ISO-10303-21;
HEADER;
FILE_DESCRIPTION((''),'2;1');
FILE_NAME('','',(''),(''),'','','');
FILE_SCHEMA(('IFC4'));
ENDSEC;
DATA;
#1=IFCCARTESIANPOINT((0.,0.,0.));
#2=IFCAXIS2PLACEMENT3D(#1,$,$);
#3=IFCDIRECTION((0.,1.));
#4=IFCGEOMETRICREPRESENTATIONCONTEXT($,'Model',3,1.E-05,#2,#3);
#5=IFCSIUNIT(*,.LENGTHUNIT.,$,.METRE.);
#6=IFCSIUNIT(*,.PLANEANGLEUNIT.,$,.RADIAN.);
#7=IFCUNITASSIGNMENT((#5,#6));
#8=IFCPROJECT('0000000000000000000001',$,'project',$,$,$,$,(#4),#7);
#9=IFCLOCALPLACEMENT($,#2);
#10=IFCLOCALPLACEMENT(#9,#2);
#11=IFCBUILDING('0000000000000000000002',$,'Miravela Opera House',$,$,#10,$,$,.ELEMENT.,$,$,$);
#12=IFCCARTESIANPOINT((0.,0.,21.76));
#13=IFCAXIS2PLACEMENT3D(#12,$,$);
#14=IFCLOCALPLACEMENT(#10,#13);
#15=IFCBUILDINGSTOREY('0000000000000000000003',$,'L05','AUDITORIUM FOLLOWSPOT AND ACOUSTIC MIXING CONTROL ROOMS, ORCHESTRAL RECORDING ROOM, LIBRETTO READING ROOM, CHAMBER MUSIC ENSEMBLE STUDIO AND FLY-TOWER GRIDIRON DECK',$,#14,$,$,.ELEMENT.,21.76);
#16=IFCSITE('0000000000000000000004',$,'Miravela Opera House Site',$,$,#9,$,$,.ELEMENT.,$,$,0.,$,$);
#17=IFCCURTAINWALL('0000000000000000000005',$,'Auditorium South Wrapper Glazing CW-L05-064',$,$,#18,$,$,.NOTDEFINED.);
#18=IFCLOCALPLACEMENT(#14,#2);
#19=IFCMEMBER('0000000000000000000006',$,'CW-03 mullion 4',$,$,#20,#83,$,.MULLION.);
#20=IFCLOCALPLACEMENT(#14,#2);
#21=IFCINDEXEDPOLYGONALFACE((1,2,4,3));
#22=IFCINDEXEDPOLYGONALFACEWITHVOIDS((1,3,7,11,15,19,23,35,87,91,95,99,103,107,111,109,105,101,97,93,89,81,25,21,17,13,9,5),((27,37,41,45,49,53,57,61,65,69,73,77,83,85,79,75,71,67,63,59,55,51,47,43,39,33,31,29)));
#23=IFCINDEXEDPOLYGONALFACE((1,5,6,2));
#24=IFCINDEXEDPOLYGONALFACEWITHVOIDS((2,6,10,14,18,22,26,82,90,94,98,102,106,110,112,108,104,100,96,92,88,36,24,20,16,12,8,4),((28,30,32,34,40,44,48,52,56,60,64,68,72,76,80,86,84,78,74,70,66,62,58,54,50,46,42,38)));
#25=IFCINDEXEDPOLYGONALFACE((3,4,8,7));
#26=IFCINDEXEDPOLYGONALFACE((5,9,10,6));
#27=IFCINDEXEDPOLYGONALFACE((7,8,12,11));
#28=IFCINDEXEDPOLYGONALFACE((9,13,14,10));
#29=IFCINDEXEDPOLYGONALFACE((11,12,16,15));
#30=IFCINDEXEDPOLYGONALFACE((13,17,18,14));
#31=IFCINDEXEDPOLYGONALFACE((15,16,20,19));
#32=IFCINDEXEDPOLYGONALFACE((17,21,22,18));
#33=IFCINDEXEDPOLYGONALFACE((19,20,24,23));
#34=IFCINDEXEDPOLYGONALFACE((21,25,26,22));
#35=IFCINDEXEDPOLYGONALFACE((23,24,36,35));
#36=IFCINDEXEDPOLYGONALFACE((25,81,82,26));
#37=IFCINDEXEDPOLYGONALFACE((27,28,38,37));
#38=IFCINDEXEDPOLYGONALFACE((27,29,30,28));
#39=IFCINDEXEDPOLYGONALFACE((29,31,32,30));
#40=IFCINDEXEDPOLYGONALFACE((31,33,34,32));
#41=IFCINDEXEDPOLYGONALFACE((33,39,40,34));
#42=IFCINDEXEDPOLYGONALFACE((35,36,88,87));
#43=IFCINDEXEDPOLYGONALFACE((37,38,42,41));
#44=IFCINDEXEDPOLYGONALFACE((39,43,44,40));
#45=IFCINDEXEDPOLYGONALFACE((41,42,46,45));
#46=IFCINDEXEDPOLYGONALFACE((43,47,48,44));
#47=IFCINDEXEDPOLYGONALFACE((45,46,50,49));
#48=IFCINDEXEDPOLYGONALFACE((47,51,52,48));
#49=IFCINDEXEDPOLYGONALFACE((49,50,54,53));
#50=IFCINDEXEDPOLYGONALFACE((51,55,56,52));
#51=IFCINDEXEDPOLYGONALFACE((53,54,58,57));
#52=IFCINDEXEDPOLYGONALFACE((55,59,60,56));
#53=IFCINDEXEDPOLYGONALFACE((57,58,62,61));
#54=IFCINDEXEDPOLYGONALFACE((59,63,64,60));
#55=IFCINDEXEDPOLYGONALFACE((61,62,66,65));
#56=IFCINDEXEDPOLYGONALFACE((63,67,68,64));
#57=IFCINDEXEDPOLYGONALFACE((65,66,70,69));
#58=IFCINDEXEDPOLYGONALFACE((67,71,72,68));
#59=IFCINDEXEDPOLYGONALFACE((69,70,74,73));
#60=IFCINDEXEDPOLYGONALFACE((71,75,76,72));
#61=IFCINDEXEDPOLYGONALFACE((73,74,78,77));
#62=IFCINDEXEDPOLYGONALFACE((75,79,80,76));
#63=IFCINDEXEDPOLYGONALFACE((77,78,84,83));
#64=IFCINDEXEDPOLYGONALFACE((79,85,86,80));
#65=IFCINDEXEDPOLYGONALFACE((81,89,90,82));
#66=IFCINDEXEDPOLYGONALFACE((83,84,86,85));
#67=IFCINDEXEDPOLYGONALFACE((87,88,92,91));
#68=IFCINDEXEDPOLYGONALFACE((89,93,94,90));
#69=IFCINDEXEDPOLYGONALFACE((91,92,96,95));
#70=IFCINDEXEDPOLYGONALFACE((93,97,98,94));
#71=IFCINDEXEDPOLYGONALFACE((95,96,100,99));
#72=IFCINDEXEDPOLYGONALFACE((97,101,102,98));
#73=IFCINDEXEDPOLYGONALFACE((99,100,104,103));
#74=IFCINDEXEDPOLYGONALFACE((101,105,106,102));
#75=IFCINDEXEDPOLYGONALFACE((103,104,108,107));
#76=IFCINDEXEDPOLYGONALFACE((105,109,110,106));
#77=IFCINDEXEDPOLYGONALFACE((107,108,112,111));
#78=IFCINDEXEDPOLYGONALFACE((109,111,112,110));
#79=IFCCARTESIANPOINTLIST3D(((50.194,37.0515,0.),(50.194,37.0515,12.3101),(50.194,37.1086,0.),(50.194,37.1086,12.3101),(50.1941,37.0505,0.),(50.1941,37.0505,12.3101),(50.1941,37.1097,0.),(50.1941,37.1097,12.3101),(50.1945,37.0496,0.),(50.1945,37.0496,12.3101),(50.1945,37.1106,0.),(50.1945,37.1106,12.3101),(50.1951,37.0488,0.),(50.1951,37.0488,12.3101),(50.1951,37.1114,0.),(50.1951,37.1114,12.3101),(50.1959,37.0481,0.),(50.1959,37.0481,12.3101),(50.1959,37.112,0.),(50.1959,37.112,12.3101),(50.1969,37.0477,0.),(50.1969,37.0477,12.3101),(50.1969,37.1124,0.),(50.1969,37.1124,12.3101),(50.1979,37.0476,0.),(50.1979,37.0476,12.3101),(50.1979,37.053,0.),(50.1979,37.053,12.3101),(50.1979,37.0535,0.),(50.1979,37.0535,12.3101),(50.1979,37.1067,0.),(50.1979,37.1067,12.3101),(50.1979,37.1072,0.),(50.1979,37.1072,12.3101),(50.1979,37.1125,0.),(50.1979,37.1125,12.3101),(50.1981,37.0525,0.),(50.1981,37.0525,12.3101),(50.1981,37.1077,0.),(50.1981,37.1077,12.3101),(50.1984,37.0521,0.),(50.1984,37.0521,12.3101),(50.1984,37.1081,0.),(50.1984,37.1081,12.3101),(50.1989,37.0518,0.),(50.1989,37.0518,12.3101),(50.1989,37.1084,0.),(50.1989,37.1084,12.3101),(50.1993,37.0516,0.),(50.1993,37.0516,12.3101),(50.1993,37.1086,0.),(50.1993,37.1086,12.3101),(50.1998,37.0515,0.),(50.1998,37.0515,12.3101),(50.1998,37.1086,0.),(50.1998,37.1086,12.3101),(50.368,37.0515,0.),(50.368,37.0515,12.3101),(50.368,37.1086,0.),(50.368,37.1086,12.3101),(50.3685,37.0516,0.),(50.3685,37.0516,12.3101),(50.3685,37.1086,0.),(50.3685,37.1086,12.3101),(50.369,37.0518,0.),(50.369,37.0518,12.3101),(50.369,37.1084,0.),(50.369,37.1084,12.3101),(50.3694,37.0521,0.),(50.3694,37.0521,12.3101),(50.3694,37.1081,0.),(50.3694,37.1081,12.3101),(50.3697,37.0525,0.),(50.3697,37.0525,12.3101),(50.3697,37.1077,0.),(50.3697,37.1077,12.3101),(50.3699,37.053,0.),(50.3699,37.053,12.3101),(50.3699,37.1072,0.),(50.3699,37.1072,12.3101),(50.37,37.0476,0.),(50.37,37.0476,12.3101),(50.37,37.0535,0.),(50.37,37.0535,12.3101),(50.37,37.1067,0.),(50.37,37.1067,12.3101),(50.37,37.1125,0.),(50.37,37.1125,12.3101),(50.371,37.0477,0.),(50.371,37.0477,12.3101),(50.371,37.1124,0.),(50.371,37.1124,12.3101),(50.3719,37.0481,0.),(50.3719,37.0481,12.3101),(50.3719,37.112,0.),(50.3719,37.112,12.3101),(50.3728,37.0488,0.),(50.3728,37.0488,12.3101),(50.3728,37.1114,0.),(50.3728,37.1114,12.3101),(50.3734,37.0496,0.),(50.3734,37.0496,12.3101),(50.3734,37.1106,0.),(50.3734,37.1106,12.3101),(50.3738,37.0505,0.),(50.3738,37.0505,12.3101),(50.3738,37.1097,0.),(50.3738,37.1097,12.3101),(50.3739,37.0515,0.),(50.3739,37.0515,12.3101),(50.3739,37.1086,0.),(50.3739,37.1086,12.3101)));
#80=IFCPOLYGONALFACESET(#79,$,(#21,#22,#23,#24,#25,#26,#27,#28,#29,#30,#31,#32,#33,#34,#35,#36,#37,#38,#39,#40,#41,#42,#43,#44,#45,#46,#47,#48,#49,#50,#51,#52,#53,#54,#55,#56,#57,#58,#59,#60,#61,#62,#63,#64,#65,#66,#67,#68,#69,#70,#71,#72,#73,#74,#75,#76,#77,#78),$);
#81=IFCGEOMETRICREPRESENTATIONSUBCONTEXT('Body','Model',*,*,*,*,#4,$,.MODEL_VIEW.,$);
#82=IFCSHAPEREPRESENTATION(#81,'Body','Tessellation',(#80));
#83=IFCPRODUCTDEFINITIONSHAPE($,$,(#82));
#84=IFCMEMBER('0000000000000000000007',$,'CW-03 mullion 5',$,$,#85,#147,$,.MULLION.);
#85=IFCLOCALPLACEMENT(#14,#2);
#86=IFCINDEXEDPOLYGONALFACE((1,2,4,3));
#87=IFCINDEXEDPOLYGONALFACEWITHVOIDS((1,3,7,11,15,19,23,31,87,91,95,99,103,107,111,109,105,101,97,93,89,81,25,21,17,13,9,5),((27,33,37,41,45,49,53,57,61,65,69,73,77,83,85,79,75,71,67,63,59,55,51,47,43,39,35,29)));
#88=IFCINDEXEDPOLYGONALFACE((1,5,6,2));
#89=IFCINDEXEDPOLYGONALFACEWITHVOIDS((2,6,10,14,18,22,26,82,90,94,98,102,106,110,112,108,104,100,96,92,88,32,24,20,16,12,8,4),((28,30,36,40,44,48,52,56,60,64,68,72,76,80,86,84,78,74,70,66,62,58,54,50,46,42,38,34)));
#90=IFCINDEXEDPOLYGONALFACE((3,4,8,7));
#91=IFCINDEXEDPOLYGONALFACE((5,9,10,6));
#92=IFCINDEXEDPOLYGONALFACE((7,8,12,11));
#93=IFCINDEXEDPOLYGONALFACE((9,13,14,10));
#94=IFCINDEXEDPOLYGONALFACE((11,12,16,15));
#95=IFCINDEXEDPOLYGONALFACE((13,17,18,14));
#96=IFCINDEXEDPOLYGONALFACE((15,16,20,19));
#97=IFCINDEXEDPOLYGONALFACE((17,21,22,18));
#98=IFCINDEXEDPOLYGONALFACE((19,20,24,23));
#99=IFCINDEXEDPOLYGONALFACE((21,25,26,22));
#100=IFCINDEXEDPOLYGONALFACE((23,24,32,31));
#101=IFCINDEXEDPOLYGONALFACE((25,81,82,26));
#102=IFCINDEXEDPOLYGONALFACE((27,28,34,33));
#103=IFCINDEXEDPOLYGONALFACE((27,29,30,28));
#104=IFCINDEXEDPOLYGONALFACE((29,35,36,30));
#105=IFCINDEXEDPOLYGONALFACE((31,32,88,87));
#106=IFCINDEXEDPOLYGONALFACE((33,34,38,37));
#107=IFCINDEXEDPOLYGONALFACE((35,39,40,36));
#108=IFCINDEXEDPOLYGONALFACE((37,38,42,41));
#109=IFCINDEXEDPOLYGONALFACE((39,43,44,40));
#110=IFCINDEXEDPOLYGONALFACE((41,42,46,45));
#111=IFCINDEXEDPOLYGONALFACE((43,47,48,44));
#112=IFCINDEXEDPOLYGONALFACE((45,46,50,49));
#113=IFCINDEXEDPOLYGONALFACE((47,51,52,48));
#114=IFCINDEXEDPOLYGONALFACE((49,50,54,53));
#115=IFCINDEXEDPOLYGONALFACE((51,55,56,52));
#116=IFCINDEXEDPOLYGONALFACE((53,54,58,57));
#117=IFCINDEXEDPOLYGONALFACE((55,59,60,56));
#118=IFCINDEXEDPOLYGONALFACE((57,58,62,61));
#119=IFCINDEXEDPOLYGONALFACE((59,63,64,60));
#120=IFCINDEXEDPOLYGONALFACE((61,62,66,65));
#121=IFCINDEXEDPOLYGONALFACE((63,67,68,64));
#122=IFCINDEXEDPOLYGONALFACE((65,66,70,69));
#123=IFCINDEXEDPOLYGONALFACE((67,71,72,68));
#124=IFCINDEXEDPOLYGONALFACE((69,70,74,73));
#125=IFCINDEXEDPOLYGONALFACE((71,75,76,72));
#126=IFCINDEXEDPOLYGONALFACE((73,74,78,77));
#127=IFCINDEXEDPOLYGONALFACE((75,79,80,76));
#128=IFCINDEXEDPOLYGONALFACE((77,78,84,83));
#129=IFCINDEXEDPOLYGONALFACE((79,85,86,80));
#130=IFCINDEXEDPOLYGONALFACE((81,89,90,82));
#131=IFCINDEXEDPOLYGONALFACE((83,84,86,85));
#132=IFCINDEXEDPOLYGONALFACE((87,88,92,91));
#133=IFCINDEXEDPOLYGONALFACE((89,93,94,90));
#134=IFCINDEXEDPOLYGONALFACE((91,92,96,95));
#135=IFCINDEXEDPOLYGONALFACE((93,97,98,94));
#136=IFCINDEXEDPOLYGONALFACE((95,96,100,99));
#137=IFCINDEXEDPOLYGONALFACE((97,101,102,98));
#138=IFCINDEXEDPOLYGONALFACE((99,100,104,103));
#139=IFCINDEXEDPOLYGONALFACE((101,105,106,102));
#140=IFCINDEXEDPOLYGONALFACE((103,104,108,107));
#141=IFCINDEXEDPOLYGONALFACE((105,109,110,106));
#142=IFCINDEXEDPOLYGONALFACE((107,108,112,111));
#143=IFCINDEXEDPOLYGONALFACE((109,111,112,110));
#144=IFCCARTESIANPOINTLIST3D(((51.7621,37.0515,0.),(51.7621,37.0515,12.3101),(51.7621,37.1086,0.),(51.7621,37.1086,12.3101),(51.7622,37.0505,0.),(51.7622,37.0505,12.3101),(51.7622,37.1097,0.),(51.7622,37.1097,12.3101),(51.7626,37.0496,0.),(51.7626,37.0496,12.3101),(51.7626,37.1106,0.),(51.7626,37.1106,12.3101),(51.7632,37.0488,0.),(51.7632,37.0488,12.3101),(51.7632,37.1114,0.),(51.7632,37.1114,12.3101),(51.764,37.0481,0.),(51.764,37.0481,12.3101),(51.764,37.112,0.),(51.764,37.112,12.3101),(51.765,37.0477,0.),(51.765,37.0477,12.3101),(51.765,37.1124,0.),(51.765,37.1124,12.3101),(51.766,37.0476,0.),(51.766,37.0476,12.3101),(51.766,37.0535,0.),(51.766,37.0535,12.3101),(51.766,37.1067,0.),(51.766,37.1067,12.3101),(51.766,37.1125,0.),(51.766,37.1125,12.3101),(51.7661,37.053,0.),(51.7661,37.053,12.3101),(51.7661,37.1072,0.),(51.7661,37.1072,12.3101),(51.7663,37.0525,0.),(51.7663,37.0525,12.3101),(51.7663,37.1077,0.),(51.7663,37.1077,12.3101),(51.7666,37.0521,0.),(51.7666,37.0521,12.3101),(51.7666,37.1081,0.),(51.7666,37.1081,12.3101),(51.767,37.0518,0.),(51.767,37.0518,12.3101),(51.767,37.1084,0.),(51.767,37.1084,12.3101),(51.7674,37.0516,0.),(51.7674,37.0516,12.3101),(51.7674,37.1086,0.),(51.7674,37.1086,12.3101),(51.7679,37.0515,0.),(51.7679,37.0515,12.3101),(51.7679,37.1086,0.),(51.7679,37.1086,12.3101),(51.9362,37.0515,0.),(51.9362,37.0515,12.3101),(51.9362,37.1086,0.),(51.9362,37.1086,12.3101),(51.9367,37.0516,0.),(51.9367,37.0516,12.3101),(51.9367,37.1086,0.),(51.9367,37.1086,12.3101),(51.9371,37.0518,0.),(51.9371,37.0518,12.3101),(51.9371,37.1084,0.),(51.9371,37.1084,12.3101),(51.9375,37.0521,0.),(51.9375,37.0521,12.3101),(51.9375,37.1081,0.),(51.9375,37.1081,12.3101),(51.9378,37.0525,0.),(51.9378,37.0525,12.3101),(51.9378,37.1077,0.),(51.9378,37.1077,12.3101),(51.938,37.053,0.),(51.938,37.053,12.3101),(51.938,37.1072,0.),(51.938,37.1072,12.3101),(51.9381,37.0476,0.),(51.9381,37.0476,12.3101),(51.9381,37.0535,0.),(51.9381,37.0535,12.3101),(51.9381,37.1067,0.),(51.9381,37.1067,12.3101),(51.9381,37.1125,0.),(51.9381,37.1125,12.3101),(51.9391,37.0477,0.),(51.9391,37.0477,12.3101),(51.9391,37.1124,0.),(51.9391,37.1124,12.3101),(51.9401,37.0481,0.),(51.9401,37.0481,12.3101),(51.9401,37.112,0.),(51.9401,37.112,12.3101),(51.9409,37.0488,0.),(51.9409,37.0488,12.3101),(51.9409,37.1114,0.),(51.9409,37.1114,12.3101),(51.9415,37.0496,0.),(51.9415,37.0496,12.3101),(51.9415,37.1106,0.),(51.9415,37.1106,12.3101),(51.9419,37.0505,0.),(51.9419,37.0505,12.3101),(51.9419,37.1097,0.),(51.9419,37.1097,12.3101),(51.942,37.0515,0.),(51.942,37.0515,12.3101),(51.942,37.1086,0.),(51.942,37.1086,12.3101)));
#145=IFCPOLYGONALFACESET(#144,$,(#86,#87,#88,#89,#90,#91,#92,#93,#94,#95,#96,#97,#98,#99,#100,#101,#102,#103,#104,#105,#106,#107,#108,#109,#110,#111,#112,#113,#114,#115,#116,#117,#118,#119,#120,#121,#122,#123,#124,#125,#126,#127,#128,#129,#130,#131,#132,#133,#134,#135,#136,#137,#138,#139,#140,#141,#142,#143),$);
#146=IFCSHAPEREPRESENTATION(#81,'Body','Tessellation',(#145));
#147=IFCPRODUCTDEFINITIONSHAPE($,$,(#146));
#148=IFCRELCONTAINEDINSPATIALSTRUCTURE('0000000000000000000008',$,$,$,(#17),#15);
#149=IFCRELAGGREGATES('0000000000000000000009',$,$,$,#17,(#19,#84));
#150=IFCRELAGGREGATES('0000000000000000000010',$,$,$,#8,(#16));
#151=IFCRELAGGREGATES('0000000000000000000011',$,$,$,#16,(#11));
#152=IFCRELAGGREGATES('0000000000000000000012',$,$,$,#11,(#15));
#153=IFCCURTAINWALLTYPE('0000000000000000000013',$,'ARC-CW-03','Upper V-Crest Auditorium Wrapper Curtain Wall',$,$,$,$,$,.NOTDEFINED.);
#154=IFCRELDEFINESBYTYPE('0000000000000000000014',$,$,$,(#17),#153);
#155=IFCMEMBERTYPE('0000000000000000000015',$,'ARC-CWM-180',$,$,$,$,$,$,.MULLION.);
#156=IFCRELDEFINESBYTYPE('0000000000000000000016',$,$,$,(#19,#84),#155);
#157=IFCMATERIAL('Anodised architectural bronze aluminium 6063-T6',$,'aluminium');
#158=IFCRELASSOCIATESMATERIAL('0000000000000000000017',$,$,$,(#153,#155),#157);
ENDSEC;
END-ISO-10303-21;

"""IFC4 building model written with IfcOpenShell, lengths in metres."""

from ifc_helpers import new_model, si_unit, direction, frame, origin, origin_2d, place, context, subcontext, project, spatial, hollow_rectangle, extrude, material, material_profile, profile_set, type_object, element, aggregate, save


model = new_model("IFC4")

# Units and contexts
model_context = context("Model", 3, precision=1e-05, world=origin(), true_north=direction((0.0, 1.0)))
body_context = subcontext(model_context, "Body", "Model", "MODEL_VIEW")
ifc_project = project(units=[si_unit("LENGTHUNIT", "METRE"), si_unit("PLANEANGLEUNIT", "RADIAN")], contexts=[model_context])

# Site, building, storey
site_placement = place(None, origin())
site = spatial("IfcSite", under=ifc_project, at=site_placement, Name="Miravela Opera House Site", CompositionType="ELEMENT", RefElevation=0.0)
building_placement = place(site_placement, origin())
building = spatial("IfcBuilding", under=site, at=building_placement, Name="Miravela Opera House", CompositionType="ELEMENT")
storey_placement = place(building_placement, frame((0.0, 0.0, 21.76)))
storey = spatial("IfcBuildingStorey", under=building, at=storey_placement, Name="L05", Description="AUDITORIUM FOLLOWSPOT AND ACOUSTIC MIXING CONTROL ROOMS, ORCHESTRAL RECORDING ROOM, LIBRETTO READING ROOM, CHAMBER MUSIC ENSEMBLE STUDIO AND FLY-TOWER GRIDIRON DECK", CompositionType="ELEMENT", Elevation=21.76)

# Curtain wall, members
ifc_material_1 = material(Name="Anodised architectural bronze aluminium 6063-T6", Category="aluminium")
curtain_wall_type = type_object("IfcCurtainWallType", Name="ARC-CW-03", Description="Upper V-Crest Auditorium Wrapper Curtain Wall", PredefinedType="NOTDEFINED", material=ifc_material_1)
curtain_wall_1_placement = place(storey_placement, origin())
curtain_wall_1 = element("IfcCurtainWall", 1, at=curtain_wall_1_placement, inside=storey, type_object=curtain_wall_type, Name="Auditorium South Wrapper Glazing CW-L05-064", PredefinedType="NOTDEFINED")
ifc_material_profile_1 = material_profile(ifc_material_1, hollow_rectangle(XDim=0.0649, YDim=0.1799, WallThickness=0.0039, InnerFilletRadius=0.002, OuterFilletRadius=0.0039, at=origin_2d()), Name="CWM-65X180")
ifc_profile_set_1 = profile_set([ifc_material_profile_1])
member_type_1 = type_object("IfcMemberType", Name="ARC-CWM-180", PredefinedType="MULLION", material=ifc_profile_set_1)
member_1_placement = place(storey_placement, frame((50.2839, 37.0801, 0.0), z_axis=(0.0, 0.0, 1.0), x_axis=(0.0, 1.0, 0.0)))
member_1 = element("IfcMember", 2, at=member_1_placement, type_object=member_type_1, Name="CW-03 mullion 4", PredefinedType="MULLION", context=body_context, shape_type="SweptSolid", body=[
    extrude(hollow_rectangle(XDim=0.0649, YDim=0.1799, WallThickness=0.0039, InnerFilletRadius=0.002, OuterFilletRadius=0.0039, at=origin_2d()), origin(), (0.0, 0.0, 1.0), 12.3101),
])
member_2_placement = place(storey_placement, frame((51.8521, 37.0801, 0.0), z_axis=(0.0, 0.0, 1.0), x_axis=(0.0, 1.0, 0.0)))
member_2 = element("IfcMember", 3, at=member_2_placement, type_object=member_type_1, Name="CW-03 mullion 5", PredefinedType="MULLION", context=body_context, shape_type="SweptSolid", body=[
    extrude(hollow_rectangle(XDim=0.0649, YDim=0.1799, WallThickness=0.0039, InnerFilletRadius=0.002, OuterFilletRadius=0.0039, at=origin_2d()), origin(), (0.0, 0.0, 1.0), 12.3101),
])

aggregate(curtain_wall_1, [member_1, member_2])

save(model, "model.ifc")
